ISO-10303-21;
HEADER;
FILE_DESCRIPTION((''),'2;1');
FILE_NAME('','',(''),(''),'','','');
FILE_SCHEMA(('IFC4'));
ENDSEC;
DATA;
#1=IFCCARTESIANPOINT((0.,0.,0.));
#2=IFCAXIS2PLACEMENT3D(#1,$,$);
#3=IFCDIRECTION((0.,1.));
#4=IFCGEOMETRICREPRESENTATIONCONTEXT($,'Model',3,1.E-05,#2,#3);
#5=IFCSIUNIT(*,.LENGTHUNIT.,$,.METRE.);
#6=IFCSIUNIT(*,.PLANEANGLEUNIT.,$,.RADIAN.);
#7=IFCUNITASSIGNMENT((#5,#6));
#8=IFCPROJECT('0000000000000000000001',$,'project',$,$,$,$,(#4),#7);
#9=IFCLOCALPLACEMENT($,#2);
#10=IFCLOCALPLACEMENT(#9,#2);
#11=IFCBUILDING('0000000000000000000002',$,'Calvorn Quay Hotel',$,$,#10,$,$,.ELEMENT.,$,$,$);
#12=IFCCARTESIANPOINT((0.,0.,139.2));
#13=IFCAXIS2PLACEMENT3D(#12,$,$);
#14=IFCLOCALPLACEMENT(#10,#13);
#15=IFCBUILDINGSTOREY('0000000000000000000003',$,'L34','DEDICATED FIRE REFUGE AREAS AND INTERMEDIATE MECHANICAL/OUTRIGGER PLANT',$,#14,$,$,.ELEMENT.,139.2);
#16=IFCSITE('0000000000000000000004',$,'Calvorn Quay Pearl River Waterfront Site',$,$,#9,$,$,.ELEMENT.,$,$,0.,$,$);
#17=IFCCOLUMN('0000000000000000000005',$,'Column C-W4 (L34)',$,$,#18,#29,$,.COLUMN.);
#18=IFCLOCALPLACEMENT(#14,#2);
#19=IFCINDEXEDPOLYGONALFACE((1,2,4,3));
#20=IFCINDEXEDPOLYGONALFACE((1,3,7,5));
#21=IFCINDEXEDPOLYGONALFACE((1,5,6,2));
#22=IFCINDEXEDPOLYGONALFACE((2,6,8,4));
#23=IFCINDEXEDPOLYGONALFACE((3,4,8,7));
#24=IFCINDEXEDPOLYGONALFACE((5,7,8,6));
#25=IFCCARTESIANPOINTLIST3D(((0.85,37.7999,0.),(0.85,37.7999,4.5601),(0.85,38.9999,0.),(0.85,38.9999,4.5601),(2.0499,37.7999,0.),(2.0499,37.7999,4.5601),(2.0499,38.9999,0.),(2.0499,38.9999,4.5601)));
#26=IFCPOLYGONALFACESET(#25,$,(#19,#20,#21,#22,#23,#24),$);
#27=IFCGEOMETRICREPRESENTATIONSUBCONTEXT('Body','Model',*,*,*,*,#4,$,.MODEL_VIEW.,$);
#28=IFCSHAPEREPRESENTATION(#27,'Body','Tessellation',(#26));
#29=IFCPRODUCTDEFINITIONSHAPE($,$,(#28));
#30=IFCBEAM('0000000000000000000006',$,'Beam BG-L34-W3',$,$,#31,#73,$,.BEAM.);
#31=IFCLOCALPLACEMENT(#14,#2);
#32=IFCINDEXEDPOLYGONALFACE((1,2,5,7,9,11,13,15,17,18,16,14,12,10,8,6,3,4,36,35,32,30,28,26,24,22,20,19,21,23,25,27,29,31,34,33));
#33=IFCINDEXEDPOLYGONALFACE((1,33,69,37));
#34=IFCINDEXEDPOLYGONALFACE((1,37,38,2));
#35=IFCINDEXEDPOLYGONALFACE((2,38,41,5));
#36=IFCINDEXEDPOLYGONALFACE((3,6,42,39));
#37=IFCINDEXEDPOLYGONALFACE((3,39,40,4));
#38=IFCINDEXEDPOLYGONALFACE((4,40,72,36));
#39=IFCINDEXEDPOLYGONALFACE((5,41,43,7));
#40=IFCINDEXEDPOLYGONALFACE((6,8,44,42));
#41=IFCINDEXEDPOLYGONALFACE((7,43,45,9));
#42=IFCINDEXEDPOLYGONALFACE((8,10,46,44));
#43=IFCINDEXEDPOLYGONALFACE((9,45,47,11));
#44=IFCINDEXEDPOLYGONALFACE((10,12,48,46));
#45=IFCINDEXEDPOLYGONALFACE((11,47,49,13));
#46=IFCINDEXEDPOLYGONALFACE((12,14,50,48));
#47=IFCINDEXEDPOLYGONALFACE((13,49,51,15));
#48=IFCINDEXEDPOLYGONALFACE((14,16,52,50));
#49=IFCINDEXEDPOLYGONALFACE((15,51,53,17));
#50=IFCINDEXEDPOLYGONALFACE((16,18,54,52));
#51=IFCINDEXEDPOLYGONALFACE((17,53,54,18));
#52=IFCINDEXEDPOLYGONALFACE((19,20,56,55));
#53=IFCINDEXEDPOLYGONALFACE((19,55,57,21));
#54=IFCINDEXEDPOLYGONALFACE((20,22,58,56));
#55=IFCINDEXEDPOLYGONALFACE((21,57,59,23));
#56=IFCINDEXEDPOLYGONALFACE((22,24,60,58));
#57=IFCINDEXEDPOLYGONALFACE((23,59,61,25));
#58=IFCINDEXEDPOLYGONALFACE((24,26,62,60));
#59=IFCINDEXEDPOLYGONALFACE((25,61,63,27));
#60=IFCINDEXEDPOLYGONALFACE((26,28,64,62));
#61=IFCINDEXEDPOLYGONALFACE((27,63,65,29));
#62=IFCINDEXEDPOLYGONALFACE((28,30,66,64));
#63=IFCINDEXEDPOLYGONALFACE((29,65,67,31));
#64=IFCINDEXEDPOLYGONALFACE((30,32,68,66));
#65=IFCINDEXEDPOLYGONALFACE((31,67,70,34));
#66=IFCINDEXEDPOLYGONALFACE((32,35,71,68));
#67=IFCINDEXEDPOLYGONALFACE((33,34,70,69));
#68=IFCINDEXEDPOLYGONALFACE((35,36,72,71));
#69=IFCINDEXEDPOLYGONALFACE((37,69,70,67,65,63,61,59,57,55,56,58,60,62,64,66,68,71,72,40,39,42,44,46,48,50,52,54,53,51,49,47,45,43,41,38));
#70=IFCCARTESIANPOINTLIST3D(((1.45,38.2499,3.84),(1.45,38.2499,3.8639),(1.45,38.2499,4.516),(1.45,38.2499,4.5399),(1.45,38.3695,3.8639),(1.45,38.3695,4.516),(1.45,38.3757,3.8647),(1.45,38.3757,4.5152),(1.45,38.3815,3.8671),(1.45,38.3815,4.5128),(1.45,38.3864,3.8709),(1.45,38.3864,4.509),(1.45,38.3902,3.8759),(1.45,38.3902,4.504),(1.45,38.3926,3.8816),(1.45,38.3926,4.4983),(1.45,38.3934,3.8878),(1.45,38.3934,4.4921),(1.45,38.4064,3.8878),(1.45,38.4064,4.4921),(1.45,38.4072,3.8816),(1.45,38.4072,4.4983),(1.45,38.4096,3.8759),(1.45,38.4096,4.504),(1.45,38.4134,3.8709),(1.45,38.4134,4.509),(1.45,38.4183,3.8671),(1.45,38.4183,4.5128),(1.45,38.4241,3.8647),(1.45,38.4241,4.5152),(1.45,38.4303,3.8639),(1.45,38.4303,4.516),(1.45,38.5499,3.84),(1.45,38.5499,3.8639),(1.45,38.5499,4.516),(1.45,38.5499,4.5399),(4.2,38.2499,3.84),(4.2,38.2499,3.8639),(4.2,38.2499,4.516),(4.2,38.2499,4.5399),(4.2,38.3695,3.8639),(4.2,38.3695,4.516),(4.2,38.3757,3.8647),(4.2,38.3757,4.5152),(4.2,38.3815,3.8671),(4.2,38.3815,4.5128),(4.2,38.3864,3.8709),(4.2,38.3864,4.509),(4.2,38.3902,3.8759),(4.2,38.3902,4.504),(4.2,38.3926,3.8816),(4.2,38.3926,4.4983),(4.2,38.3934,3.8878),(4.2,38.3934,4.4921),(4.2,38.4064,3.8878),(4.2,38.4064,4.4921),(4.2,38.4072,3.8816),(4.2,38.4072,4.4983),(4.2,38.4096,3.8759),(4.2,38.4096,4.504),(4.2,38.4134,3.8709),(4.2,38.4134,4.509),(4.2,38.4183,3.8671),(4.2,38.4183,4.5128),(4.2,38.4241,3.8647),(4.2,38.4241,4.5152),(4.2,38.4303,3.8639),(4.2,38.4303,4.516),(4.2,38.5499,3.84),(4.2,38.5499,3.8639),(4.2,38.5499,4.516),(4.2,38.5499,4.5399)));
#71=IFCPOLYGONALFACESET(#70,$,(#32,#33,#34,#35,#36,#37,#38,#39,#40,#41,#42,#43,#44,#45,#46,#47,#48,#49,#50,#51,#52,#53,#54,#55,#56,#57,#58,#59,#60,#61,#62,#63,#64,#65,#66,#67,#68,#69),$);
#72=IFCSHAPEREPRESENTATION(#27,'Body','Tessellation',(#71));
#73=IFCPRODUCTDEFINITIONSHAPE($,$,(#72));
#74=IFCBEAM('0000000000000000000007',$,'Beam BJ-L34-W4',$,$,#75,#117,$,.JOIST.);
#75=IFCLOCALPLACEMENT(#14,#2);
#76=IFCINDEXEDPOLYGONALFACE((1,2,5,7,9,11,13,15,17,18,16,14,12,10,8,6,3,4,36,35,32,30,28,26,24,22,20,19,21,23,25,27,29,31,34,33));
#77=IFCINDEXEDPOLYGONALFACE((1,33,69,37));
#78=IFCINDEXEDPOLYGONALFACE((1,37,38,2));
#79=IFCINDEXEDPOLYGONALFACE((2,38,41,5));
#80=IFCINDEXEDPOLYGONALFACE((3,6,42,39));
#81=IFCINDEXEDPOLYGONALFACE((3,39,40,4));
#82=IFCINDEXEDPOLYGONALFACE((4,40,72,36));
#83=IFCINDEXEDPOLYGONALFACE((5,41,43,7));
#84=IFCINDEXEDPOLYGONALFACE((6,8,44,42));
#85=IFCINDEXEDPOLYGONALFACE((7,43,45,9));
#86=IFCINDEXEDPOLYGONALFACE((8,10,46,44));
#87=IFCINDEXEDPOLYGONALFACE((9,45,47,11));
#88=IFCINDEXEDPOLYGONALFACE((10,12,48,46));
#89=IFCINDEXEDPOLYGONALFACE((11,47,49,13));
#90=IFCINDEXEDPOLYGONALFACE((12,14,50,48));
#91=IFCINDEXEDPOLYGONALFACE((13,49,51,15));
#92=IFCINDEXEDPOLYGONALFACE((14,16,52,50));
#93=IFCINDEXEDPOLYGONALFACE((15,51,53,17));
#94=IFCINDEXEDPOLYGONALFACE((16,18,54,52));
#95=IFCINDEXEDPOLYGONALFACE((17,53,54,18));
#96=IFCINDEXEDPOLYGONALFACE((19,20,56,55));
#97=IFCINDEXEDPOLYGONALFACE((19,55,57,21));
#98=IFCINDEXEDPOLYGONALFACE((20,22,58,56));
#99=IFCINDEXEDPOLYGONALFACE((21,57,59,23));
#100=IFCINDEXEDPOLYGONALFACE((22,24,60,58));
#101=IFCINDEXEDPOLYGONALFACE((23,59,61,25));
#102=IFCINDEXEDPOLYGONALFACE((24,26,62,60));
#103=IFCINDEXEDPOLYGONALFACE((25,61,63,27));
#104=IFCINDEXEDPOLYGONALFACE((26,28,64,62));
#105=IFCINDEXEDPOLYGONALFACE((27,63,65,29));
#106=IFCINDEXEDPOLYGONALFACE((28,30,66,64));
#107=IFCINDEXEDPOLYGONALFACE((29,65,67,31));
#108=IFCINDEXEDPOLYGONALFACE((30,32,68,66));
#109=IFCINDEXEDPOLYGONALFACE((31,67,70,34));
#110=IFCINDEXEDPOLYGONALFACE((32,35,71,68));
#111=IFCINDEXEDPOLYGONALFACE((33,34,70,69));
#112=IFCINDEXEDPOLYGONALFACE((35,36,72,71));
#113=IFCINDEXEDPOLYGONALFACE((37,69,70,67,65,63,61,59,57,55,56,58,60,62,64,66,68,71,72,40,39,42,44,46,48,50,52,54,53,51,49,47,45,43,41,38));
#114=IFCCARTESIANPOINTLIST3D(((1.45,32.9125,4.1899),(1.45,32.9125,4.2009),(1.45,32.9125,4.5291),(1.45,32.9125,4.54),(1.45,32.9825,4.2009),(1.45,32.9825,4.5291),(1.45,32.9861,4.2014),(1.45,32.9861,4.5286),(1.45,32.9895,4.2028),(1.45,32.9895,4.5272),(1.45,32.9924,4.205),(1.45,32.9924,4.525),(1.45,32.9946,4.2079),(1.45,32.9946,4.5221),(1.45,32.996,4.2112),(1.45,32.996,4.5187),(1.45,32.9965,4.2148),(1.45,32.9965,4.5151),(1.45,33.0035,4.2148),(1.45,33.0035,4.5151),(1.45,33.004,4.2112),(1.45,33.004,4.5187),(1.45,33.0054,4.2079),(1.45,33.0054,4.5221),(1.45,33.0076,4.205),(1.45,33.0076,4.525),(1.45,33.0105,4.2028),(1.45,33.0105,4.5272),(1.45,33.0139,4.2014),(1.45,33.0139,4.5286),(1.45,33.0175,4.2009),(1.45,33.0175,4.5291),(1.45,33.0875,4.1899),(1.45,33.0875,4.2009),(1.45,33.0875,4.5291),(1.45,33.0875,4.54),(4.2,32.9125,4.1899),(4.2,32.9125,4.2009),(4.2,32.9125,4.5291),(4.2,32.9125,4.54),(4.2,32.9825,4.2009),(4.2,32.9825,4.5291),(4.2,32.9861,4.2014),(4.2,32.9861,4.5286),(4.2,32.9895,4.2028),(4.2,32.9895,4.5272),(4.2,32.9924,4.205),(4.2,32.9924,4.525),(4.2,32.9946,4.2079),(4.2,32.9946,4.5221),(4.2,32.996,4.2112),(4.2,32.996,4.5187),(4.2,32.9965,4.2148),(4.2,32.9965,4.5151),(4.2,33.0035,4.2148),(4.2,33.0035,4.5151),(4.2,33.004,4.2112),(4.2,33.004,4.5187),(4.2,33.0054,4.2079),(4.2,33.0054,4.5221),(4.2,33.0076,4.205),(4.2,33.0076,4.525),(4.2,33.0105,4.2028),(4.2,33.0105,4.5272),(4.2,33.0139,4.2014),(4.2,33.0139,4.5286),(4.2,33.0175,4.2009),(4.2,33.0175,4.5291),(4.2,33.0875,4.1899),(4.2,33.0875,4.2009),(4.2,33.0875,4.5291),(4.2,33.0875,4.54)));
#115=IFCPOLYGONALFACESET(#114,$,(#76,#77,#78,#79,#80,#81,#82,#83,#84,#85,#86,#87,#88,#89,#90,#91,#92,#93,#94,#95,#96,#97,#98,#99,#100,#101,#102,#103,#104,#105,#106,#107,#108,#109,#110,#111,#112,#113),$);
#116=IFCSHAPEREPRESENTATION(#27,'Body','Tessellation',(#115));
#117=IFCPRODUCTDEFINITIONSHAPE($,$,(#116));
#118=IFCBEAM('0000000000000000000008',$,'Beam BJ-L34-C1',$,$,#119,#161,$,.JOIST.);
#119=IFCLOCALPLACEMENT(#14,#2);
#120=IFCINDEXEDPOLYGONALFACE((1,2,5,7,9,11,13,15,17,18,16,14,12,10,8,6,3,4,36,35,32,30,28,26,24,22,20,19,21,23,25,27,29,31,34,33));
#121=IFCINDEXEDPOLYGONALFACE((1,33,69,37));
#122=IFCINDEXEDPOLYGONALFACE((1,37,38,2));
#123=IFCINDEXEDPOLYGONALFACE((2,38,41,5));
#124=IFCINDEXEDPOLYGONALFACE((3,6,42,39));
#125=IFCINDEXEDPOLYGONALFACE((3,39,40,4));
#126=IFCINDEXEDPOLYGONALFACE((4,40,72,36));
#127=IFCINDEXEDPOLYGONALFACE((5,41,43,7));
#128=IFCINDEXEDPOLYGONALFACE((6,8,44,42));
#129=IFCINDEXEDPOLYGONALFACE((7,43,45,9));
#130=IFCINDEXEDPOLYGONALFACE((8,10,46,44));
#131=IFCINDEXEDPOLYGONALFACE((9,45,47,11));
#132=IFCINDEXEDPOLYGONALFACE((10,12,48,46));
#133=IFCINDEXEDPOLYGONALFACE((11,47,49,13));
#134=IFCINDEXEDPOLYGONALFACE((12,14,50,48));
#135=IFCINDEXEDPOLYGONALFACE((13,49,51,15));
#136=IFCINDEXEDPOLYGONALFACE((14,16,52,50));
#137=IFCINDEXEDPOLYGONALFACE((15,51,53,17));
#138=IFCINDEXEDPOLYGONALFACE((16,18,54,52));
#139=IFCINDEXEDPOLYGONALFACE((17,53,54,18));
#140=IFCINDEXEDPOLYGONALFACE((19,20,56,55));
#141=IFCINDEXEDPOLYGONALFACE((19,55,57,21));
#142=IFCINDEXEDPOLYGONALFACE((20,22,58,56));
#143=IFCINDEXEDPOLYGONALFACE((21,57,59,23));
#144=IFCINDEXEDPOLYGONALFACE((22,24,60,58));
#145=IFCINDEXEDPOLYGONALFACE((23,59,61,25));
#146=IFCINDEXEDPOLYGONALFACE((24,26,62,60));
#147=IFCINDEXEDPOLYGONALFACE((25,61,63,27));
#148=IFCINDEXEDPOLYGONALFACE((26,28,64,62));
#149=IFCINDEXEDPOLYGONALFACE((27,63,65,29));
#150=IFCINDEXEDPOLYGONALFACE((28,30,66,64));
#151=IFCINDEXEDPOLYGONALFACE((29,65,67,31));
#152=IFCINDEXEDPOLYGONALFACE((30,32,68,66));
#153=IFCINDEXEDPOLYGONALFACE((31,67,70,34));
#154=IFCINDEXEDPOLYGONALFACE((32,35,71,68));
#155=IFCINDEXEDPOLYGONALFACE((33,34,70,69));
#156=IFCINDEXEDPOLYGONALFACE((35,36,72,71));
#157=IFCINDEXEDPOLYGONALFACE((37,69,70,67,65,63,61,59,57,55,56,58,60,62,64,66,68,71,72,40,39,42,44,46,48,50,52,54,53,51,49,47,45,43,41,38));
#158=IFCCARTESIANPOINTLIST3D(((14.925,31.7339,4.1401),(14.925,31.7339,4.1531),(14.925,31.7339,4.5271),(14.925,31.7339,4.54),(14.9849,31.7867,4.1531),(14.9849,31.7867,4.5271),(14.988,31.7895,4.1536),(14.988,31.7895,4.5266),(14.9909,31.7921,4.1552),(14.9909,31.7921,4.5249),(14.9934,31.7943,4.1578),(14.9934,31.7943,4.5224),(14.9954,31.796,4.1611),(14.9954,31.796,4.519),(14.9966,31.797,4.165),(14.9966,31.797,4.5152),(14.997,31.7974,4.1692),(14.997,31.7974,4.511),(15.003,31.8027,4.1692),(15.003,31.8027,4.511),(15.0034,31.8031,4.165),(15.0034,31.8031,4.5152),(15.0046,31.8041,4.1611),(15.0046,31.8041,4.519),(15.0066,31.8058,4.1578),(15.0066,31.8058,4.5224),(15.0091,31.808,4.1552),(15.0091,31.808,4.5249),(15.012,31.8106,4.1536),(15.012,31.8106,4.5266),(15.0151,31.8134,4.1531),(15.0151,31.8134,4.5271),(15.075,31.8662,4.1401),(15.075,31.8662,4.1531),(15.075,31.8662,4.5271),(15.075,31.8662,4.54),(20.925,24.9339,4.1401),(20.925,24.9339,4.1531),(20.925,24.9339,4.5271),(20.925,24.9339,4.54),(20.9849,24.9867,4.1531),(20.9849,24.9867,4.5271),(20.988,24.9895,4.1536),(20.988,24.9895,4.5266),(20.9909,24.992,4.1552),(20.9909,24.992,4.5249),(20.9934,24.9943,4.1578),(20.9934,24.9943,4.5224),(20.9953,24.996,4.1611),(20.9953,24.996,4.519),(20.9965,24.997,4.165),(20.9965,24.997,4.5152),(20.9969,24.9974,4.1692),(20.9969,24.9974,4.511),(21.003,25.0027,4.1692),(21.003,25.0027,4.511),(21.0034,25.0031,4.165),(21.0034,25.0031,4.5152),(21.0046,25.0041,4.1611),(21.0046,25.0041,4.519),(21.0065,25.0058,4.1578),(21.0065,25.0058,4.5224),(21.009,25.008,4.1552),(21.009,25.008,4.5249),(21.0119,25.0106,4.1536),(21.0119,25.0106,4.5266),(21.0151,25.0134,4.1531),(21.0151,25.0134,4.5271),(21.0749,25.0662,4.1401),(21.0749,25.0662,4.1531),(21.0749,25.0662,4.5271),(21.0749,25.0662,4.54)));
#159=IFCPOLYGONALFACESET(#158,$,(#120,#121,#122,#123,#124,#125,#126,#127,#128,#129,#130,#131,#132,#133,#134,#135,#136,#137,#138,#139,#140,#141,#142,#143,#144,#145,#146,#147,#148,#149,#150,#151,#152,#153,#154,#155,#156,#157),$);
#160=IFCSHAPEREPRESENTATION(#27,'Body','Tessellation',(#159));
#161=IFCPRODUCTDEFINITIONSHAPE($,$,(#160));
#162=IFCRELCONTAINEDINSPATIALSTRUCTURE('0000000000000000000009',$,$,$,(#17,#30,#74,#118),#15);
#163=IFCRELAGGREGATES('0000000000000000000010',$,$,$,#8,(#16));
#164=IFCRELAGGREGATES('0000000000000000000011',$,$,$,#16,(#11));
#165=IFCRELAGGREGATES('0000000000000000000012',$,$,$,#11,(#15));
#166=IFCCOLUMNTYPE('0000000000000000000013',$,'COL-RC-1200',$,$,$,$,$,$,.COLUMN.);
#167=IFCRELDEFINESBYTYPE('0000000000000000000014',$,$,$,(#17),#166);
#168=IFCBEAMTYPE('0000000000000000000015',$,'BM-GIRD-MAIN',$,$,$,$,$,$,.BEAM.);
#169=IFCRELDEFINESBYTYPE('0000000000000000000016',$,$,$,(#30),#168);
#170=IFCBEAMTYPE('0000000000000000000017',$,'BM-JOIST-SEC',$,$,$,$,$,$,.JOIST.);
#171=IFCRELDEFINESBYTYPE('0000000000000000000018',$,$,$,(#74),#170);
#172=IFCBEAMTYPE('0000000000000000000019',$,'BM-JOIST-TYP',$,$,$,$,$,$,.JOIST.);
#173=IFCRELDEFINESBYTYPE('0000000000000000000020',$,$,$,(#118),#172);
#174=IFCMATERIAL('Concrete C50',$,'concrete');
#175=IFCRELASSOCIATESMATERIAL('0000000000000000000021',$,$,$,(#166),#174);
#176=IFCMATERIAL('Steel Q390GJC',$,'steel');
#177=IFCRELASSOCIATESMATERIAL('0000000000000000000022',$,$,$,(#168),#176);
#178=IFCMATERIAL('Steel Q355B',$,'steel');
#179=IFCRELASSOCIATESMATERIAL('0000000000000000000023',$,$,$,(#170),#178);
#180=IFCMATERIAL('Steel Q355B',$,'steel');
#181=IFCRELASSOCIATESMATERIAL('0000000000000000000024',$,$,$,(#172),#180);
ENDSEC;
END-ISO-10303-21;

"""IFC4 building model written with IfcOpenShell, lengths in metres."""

from ifc_helpers import new_model, si_unit, direction, frame, origin, origin_2d, place, context, subcontext, project, spatial, rectangle, i_section, extrude, material, material_profile, profile_set, type_object, element, save


model = new_model("IFC4")

# Units and contexts
model_context = context("Model", 3, precision=1e-05, world=origin(), true_north=direction((0.0, 1.0)))
body_context = subcontext(model_context, "Body", "Model", "MODEL_VIEW")
ifc_project = project(units=[si_unit("LENGTHUNIT", "METRE"), si_unit("PLANEANGLEUNIT", "RADIAN")], contexts=[model_context])

# Site, building, storey
site_placement = place(None, origin())
site = spatial("IfcSite", under=ifc_project, at=site_placement, Name="Calvorn Quay Pearl River Waterfront Site", CompositionType="ELEMENT", RefElevation=0.0)
building_placement = place(site_placement, origin())
building = spatial("IfcBuilding", under=site, at=building_placement, Name="Calvorn Quay Hotel", CompositionType="ELEMENT")
storey_placement = place(building_placement, frame((0.0, 0.0, 139.2)))
storey = spatial("IfcBuildingStorey", under=building, at=storey_placement, Name="L34", Description="DEDICATED FIRE REFUGE AREAS AND INTERMEDIATE MECHANICAL/OUTRIGGER PLANT", CompositionType="ELEMENT", Elevation=139.2)

# Column
ifc_material_1 = material(Name="Concrete C50", Category="concrete")
ifc_material_profile_1 = material_profile(ifc_material_1, rectangle(XDim=1.2, YDim=1.2, at=origin_2d()), Name="RC1200x1200")
ifc_profile_set_1 = profile_set([ifc_material_profile_1], Name="Concrete C50")
column_type = type_object("IfcColumnType", Name="COL-RC-1200", PredefinedType="COLUMN", material=ifc_profile_set_1)
column_placement = place(storey_placement, frame((1.45, 38.3999, 0.0), z_axis=(0.0, 0.0, 1.0), x_axis=(1.0, 0.0, 0.0)))
element("IfcColumn", 1, at=column_placement, inside=storey, type_object=column_type, Name="Column C-W4 (L34)", PredefinedType="COLUMN", context=body_context, shape_type="SweptSolid", body=[
    extrude(rectangle(XDim=1.2, YDim=1.2, at=origin_2d()), origin(), (0.0, 0.0, 1.0), 4.5601),
])

# Beams
ifc_material_2 = material(Name="Steel Q390GJC", Category="steel")
ifc_material_profile_2 = material_profile(ifc_material_2, i_section(OverallWidth=0.3, OverallDepth=0.7, WebThickness=0.0129, FlangeThickness=0.0239, FilletRadius=0.0239, at=origin_2d()), Name="HN700x300x13x24")
ifc_profile_set_2 = profile_set([ifc_material_profile_2], Name="Steel Q390GJC")
beam_type_1 = type_object("IfcBeamType", Name="BM-GIRD-MAIN", PredefinedType="BEAM", material=ifc_profile_set_2)
beam_1_placement = place(storey_placement, frame((1.45, 38.3999, 4.1899), z_axis=(1.0, 0.0, 0.0), x_axis=(0.0, 1.0, 0.0)))
element("IfcBeam", 2, at=beam_1_placement, inside=storey, type_object=beam_type_1, Name="Beam BG-L34-W3", PredefinedType="BEAM", context=body_context, shape_type="SweptSolid", body=[
    extrude(i_section(OverallWidth=0.3, OverallDepth=0.7, WebThickness=0.0129, FlangeThickness=0.0239, FilletRadius=0.0239, at=origin_2d()), origin(), (0.0, 0.0, 1.0), 2.75),
])
ifc_material_3 = material(Name="Steel Q355B", Category="steel")
ifc_material_profile_3 = material_profile(ifc_material_3, i_section(OverallWidth=0.175, OverallDepth=0.3501, WebThickness=0.0071, FlangeThickness=0.011, FilletRadius=0.0139, at=origin_2d()), Name="HN350x175x7x11")
ifc_profile_set_3 = profile_set([ifc_material_profile_3], Name="Steel Q355B")
beam_type_2 = type_object("IfcBeamType", Name="BM-JOIST-SEC", PredefinedType="JOIST", material=ifc_profile_set_3)
beam_2_placement = place(storey_placement, frame((1.45, 33.0, 4.365), z_axis=(1.0, 0.0, 0.0), x_axis=(0.0, 1.0, 0.0)))
element("IfcBeam", 3, at=beam_2_placement, inside=storey, type_object=beam_type_2, Name="Beam BJ-L34-W4", PredefinedType="JOIST", context=body_context, shape_type="SweptSolid", body=[
    extrude(i_section(OverallWidth=0.175, OverallDepth=0.3501, WebThickness=0.0071, FlangeThickness=0.011, FilletRadius=0.0139, at=origin_2d()), origin(), (0.0, 0.0, 1.0), 2.75),
])
ifc_material_4 = material(Name="Steel Q355B", Category="steel")
ifc_material_profile_4 = material_profile(ifc_material_4, i_section(OverallWidth=0.2, OverallDepth=0.3999, WebThickness=0.0081, FlangeThickness=0.0129, FilletRadius=0.0161, at=origin_2d()), Name="HN400x200x8x13")
ifc_profile_set_4 = profile_set([ifc_material_profile_4], Name="Steel Q355B")
beam_type_3 = type_object("IfcBeamType", Name="BM-JOIST-TYP", PredefinedType="JOIST", material=ifc_profile_set_4)
beam_3_placement = place(storey_placement, frame((15.0, 31.8, 4.3401), z_axis=(0.661619, -0.74984, 0.0), x_axis=(0.74984, 0.661619, 0.0)))
element("IfcBeam", 4, at=beam_3_placement, inside=storey, type_object=beam_type_3, Name="Beam BJ-L34-C1", PredefinedType="JOIST", context=body_context, shape_type="SweptSolid", body=[
    extrude(i_section(OverallWidth=0.2, OverallDepth=0.3999, WebThickness=0.0081, FlangeThickness=0.0129, FilletRadius=0.0161, at=origin_2d()), origin(), (0.0, 0.0, 1.0), 9.0686),
])

save(model, "model.ifc")
